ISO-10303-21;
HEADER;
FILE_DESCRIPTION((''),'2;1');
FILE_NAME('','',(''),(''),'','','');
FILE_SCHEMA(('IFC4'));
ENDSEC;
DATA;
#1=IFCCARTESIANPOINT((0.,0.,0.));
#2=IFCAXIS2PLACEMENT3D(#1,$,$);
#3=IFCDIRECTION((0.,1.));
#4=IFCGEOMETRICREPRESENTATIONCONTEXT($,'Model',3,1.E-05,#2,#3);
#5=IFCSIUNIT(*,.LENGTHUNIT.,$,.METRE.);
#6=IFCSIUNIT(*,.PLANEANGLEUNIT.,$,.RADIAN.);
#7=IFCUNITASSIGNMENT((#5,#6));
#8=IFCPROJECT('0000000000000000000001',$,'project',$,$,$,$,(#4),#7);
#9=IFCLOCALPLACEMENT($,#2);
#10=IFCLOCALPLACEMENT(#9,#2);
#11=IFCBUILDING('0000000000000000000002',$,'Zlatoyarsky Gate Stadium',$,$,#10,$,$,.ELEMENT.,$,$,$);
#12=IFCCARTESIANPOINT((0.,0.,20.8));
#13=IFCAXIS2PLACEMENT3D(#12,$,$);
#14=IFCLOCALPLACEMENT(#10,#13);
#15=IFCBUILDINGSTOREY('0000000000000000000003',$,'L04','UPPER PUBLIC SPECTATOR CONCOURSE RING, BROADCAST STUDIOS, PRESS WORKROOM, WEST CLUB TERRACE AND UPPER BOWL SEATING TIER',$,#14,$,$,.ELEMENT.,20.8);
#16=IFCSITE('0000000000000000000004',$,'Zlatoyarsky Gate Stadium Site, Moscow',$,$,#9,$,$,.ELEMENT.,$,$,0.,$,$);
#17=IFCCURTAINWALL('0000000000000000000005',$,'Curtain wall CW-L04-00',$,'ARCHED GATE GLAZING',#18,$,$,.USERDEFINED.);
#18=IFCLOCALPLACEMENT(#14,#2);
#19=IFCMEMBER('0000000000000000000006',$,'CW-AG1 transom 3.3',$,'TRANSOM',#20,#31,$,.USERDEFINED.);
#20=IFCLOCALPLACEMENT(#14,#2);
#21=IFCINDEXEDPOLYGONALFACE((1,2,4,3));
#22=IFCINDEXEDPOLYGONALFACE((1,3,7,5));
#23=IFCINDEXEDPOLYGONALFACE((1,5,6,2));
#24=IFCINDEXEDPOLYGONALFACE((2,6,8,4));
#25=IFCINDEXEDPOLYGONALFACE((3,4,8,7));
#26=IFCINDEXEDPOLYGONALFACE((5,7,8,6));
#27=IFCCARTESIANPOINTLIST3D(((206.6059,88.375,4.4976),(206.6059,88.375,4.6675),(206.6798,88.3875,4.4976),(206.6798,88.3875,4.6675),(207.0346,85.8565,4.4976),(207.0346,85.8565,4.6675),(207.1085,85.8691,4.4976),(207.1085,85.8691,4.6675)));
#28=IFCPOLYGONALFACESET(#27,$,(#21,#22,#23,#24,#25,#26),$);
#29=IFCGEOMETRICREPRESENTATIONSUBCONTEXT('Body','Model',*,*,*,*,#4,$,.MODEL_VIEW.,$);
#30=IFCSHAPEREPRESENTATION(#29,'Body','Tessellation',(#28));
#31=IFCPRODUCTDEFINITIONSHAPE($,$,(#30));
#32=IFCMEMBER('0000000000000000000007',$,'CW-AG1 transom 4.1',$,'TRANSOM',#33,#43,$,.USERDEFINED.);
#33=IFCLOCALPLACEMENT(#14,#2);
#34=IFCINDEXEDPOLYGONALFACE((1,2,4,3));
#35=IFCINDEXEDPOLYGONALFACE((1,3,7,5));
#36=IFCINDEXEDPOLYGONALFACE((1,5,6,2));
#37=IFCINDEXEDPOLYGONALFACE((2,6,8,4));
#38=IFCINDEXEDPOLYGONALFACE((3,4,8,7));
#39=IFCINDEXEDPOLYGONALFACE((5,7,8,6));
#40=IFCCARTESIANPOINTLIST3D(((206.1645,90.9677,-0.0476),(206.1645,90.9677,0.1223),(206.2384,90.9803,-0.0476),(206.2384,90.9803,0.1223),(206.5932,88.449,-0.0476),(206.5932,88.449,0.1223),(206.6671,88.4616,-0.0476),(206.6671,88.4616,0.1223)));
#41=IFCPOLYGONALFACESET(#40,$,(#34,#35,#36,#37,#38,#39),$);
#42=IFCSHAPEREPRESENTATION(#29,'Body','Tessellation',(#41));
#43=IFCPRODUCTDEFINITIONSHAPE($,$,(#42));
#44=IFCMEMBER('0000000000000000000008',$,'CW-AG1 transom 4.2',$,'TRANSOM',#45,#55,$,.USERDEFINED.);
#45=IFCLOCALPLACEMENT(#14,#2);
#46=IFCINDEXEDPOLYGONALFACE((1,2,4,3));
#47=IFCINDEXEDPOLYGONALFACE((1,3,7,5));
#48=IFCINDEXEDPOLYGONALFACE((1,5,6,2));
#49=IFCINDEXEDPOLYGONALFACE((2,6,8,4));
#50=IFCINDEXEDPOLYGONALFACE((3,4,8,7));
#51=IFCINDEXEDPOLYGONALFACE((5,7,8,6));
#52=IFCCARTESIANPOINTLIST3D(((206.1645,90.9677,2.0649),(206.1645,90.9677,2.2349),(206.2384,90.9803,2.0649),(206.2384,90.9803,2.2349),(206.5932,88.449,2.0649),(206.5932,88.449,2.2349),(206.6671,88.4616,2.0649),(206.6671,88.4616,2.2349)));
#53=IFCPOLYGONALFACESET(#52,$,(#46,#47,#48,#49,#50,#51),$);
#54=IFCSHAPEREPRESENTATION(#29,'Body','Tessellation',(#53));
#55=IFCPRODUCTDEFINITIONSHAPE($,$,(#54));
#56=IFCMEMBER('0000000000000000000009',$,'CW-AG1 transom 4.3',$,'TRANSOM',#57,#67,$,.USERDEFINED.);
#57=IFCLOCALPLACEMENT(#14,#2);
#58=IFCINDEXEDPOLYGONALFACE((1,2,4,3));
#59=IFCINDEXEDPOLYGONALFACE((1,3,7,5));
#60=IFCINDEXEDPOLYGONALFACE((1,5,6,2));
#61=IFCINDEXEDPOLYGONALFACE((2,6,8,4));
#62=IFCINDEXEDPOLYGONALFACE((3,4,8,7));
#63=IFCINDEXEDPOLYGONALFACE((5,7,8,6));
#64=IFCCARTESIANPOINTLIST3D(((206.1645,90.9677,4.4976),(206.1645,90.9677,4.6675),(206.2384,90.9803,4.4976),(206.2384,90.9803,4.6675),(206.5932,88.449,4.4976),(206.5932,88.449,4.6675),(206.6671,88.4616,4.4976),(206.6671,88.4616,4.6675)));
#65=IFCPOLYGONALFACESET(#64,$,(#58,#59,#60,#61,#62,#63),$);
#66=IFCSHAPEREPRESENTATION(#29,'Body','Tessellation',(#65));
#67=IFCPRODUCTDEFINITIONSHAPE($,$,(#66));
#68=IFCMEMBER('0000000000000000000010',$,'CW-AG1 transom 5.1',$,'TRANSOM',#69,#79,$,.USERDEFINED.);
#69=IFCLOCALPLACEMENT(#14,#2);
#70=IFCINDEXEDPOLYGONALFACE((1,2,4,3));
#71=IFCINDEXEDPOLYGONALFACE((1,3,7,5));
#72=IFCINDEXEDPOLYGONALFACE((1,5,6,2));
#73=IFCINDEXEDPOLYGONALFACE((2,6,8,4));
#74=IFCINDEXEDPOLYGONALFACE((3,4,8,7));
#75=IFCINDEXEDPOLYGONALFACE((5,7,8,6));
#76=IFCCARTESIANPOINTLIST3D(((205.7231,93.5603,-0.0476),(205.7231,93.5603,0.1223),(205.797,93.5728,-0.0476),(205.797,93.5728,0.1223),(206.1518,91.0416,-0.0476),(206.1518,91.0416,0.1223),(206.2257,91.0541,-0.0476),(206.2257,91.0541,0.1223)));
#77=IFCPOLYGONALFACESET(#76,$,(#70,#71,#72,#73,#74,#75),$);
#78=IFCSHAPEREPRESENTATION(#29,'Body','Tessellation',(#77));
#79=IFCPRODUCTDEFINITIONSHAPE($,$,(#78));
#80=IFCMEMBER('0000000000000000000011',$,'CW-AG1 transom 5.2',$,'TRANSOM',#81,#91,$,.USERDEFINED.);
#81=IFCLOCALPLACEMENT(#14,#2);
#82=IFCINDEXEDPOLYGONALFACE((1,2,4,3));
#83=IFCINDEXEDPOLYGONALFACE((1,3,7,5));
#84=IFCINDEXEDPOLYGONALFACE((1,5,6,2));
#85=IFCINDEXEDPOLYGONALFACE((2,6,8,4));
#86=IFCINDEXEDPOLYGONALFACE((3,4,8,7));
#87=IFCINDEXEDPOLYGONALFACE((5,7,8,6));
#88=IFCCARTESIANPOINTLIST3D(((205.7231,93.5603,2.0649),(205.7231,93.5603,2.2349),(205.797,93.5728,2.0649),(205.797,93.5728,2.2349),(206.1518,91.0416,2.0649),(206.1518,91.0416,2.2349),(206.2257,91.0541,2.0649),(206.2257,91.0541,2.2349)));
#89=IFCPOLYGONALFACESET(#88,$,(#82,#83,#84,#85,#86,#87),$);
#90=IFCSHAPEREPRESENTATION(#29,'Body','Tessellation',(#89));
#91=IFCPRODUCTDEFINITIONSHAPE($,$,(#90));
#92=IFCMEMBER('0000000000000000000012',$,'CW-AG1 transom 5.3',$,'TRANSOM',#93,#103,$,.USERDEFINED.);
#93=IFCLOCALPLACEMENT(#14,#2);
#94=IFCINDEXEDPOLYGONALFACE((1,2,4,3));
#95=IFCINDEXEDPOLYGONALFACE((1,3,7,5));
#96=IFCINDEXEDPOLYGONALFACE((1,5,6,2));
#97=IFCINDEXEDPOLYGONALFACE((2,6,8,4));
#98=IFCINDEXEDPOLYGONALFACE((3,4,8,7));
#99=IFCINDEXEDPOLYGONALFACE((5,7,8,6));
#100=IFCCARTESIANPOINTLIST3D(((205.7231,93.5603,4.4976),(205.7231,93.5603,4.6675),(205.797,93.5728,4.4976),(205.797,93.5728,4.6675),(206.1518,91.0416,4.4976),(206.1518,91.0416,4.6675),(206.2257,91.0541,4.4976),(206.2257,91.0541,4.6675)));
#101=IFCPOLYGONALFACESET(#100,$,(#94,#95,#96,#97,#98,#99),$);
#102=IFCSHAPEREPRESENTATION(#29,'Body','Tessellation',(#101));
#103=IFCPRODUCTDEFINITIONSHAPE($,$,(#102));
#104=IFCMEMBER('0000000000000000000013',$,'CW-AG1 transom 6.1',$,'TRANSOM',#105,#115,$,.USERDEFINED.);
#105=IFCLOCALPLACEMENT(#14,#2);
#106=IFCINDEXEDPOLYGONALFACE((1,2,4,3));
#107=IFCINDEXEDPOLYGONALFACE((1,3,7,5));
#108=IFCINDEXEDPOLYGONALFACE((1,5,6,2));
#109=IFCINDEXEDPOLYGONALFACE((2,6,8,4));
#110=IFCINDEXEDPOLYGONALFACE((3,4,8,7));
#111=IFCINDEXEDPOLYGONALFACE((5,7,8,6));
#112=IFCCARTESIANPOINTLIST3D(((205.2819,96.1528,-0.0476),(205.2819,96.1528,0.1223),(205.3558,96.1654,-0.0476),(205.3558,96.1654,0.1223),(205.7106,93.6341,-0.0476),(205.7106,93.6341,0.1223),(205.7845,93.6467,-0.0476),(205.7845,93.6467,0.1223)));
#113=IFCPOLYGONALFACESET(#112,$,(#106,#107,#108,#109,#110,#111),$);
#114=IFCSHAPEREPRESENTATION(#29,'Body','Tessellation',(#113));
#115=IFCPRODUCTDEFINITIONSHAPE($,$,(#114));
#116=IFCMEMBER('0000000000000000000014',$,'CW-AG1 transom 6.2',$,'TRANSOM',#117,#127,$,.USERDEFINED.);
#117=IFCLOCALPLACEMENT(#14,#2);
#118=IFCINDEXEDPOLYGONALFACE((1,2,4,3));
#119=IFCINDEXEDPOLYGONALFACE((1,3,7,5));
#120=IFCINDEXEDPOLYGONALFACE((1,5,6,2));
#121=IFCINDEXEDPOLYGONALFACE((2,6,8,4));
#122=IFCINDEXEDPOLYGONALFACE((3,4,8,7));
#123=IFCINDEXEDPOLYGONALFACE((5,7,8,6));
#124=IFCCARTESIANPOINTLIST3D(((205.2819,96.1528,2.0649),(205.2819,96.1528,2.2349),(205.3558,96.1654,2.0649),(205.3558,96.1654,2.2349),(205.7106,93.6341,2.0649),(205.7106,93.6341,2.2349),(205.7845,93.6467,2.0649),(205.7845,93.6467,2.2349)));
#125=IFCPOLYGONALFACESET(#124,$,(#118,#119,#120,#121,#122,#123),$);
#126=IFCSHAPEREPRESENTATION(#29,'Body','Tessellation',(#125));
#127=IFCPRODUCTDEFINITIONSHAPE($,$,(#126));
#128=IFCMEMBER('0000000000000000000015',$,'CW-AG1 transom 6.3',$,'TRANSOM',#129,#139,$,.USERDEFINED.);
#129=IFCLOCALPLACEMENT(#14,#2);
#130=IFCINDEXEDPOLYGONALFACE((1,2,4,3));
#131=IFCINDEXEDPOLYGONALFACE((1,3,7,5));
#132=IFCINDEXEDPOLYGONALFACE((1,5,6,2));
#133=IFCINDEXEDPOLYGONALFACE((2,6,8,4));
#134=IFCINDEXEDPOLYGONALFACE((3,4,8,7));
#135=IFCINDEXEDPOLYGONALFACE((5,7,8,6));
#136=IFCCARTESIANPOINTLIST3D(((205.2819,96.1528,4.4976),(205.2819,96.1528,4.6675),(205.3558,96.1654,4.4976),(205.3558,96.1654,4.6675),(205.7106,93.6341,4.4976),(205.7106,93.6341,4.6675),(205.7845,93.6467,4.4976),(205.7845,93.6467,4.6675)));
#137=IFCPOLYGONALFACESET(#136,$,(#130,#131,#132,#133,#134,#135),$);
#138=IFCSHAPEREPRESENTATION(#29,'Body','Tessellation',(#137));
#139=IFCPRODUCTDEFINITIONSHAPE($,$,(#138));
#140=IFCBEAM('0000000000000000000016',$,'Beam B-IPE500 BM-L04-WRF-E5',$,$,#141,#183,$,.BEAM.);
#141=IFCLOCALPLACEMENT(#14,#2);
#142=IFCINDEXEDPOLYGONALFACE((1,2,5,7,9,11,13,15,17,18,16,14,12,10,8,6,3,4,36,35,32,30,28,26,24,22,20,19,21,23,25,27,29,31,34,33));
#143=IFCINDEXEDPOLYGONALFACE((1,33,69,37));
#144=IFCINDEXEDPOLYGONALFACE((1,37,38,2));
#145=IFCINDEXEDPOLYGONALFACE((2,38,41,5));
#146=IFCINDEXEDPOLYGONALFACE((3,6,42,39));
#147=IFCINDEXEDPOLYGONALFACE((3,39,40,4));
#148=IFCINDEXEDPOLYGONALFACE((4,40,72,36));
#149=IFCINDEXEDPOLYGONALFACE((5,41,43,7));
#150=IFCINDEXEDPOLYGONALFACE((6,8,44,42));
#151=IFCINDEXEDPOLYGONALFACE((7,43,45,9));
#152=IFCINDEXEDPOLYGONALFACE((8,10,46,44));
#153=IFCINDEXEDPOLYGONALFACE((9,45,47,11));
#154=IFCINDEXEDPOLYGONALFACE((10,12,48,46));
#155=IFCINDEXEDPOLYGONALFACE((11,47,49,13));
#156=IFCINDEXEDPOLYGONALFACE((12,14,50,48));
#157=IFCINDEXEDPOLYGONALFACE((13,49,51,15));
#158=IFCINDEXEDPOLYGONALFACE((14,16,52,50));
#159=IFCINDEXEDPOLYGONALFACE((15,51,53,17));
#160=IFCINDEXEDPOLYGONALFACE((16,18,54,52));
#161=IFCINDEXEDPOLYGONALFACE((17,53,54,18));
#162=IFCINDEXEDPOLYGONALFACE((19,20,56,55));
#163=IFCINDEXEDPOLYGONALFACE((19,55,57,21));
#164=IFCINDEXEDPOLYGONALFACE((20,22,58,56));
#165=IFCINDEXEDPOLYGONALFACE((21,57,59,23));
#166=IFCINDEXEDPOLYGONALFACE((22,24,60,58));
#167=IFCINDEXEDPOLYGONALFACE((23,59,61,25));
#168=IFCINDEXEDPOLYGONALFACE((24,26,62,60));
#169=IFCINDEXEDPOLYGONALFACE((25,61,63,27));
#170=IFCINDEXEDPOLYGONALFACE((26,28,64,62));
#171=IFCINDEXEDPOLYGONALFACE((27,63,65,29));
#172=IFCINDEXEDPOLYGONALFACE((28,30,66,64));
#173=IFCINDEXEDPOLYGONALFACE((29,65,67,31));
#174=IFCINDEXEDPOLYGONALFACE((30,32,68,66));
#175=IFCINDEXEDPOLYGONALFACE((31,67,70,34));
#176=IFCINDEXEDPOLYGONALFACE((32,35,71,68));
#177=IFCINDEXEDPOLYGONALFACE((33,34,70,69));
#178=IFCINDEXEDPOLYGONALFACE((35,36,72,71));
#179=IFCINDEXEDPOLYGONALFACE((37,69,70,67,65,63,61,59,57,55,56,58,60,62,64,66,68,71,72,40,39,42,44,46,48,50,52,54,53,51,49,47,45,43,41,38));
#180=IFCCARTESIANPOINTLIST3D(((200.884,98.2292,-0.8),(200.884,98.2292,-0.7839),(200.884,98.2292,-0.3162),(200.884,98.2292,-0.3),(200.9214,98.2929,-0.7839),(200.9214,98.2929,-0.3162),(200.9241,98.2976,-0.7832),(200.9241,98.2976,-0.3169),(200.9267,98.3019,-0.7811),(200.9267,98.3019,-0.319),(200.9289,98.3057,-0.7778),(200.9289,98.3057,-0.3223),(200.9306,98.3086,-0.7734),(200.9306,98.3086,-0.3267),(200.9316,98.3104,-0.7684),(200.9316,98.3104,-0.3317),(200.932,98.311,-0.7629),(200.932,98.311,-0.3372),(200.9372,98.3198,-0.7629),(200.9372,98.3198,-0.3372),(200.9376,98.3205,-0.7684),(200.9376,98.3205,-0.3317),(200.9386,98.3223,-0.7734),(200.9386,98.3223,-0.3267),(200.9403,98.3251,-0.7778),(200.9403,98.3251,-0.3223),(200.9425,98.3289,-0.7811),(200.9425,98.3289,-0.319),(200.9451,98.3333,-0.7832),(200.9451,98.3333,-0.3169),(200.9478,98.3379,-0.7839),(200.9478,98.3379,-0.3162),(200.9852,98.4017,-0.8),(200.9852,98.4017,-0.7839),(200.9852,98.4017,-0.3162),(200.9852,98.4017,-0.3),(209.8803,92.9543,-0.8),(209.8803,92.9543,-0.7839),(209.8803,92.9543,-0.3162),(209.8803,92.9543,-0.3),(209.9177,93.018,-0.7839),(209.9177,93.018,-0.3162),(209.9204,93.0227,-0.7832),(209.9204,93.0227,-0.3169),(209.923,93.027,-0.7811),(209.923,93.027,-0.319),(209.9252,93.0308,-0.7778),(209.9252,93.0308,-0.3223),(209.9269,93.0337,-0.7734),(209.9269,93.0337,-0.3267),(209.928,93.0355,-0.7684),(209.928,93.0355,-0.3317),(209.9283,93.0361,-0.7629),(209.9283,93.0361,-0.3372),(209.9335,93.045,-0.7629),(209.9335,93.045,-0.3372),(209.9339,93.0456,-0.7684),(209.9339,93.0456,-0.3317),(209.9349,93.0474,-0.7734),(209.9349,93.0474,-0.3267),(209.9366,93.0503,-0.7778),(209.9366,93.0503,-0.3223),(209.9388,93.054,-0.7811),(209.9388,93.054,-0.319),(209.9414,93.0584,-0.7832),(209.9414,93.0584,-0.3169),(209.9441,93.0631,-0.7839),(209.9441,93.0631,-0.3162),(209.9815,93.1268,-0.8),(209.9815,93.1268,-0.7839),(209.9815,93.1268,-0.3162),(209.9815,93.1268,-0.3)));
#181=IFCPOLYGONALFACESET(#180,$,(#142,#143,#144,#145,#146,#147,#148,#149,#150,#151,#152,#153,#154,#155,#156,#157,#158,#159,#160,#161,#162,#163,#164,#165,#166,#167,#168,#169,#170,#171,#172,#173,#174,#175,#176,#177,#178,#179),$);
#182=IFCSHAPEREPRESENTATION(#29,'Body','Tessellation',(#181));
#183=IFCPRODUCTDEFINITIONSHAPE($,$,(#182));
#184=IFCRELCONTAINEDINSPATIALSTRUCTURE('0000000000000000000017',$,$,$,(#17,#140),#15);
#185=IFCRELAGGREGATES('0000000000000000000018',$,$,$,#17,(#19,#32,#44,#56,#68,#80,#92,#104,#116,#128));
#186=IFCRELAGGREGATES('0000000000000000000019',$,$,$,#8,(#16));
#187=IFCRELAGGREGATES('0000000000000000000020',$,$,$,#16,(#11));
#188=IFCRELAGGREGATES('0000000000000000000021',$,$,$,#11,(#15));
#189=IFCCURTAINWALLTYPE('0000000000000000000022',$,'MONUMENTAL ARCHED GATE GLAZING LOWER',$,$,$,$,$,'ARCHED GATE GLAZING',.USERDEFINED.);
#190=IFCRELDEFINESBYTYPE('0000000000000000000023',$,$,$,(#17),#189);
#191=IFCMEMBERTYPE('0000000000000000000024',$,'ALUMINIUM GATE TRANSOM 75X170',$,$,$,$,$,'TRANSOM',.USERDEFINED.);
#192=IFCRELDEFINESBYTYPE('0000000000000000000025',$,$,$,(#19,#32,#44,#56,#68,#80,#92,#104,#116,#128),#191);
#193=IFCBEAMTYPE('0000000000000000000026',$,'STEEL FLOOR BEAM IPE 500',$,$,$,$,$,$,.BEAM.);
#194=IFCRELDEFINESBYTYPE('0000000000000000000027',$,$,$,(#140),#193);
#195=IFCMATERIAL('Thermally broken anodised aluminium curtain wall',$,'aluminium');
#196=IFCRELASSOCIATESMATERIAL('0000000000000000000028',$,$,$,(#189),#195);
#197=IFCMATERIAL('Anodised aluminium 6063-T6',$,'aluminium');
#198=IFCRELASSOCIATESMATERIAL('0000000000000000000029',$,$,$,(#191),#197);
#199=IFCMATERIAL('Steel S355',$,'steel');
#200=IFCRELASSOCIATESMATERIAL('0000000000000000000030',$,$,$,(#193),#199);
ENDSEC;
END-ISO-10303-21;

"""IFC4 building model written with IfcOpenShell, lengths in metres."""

from ifc_helpers import new_model, si_unit, direction, frame, origin, origin_2d, place, context, subcontext, project, spatial, rectangle, i_section, extrude, material, material_profile, profile_set, type_object, element, aggregate, save


model = new_model("IFC4")

# Units and contexts
model_context = context("Model", 3, precision=1e-05, world=origin(), true_north=direction((0.0, 1.0)))
body_context = subcontext(model_context, "Body", "Model", "MODEL_VIEW")
ifc_project = project(units=[si_unit("LENGTHUNIT", "METRE"), si_unit("PLANEANGLEUNIT", "RADIAN")], contexts=[model_context])

# Site, building, storey
site_placement = place(None, origin())
site = spatial("IfcSite", under=ifc_project, at=site_placement, Name="Zlatoyarsky Gate Stadium Site, Moscow", CompositionType="ELEMENT", RefElevation=0.0)
building_placement = place(site_placement, origin())
building = spatial("IfcBuilding", under=site, at=building_placement, Name="Zlatoyarsky Gate Stadium", CompositionType="ELEMENT")
storey_placement = place(building_placement, frame((0.0, 0.0, 20.8)))
storey = spatial("IfcBuildingStorey", under=building, at=storey_placement, Name="L04", Description="UPPER PUBLIC SPECTATOR CONCOURSE RING, BROADCAST STUDIOS, PRESS WORKROOM, WEST CLUB TERRACE AND UPPER BOWL SEATING TIER", CompositionType="ELEMENT", Elevation=20.8)

# Curtain wall, members
ifc_material_1 = material(Name="Thermally broken anodised aluminium curtain wall", Category="aluminium")
curtain_wall_type = type_object("IfcCurtainWallType", Name="MONUMENTAL ARCHED GATE GLAZING LOWER", ElementType="ARCHED GATE GLAZING", PredefinedType="USERDEFINED", material=ifc_material_1)
curtain_wall_placement = place(storey_placement, origin())
curtain_wall = element("IfcCurtainWall", 1, at=curtain_wall_placement, inside=storey, type_object=curtain_wall_type, Name="Curtain wall CW-L04-00", ObjectType="ARCHED GATE GLAZING", PredefinedType="USERDEFINED")
ifc_material_2 = material(Name="Anodised aluminium 6063-T6", Category="aluminium")
ifc_material_profile_1 = material_profile(ifc_material_2, rectangle(XDim=0.075, YDim=0.1699, at=origin_2d()), Name="ALU 75X170")
ifc_profile_set_1 = profile_set([ifc_material_profile_1], Name="Anodised aluminium 6063-T6")
member_type_1 = type_object("IfcMemberType", Name="ALUMINIUM GATE TRANSOM 75X170", ElementType="TRANSOM", PredefinedType="USERDEFINED", material=ifc_profile_set_1)
member_1_placement = place(storey_placement, frame((207.0715, 85.8628, 4.5825), z_axis=(-0.167807, 0.98582, 0.0), x_axis=(-0.98582, -0.167807, 0.0)))
member_1 = element("IfcMember", 2, at=member_1_placement, type_object=member_type_1, Name="CW-AG1 transom 3.3", ObjectType="TRANSOM", PredefinedType="USERDEFINED", context=body_context, shape_type="SweptSolid", body=[
    extrude(rectangle(XDim=0.075, YDim=0.1699, at=origin_2d()), origin(), (0.0, 0.0, 1.0), 2.5547),
])
member_2_placement = place(storey_placement, frame((206.6301, 88.4553, 0.0374), z_axis=(-0.167791, 0.985823, 0.0), x_axis=(-0.985823, -0.167791, 0.0)))
member_2 = element("IfcMember", 3, at=member_2_placement, type_object=member_type_1, Name="CW-AG1 transom 4.1", ObjectType="TRANSOM", PredefinedType="USERDEFINED", context=body_context, shape_type="SweptSolid", body=[
    extrude(rectangle(XDim=0.075, YDim=0.1699, at=origin_2d()), origin(), (0.0, 0.0, 1.0), 2.5549),
])
member_3_placement = place(storey_placement, frame((206.6301, 88.4553, 2.1499), z_axis=(-0.167791, 0.985823, 0.0), x_axis=(-0.985823, -0.167791, 0.0)))
member_3 = element("IfcMember", 4, at=member_3_placement, type_object=member_type_1, Name="CW-AG1 transom 4.2", ObjectType="TRANSOM", PredefinedType="USERDEFINED", context=body_context, shape_type="SweptSolid", body=[
    extrude(rectangle(XDim=0.075, YDim=0.1699, at=origin_2d()), origin(), (0.0, 0.0, 1.0), 2.5549),
])
member_4_placement = place(storey_placement, frame((206.6301, 88.4553, 4.5825), z_axis=(-0.167791, 0.985823, 0.0), x_axis=(-0.985823, -0.167791, 0.0)))
member_4 = element("IfcMember", 5, at=member_4_placement, type_object=member_type_1, Name="CW-AG1 transom 4.3", ObjectType="TRANSOM", PredefinedType="USERDEFINED", context=body_context, shape_type="SweptSolid", body=[
    extrude(rectangle(XDim=0.075, YDim=0.1699, at=origin_2d()), origin(), (0.0, 0.0, 1.0), 2.5549),
])
member_5_placement = place(storey_placement, frame((206.1887, 91.0479, 0.0374), z_axis=(-0.167791, 0.985823, 0.0), x_axis=(-0.985823, -0.167791, 0.0)))
member_5 = element("IfcMember", 6, at=member_5_placement, type_object=member_type_1, Name="CW-AG1 transom 5.1", ObjectType="TRANSOM", PredefinedType="USERDEFINED", context=body_context, shape_type="SweptSolid", body=[
    extrude(rectangle(XDim=0.075, YDim=0.1699, at=origin_2d()), origin(), (0.0, 0.0, 1.0), 2.5549),
])
member_6_placement = place(storey_placement, frame((206.1887, 91.0479, 2.1499), z_axis=(-0.167791, 0.985823, 0.0), x_axis=(-0.985823, -0.167791, 0.0)))
member_6 = element("IfcMember", 7, at=member_6_placement, type_object=member_type_1, Name="CW-AG1 transom 5.2", ObjectType="TRANSOM", PredefinedType="USERDEFINED", context=body_context, shape_type="SweptSolid", body=[
    extrude(rectangle(XDim=0.075, YDim=0.1699, at=origin_2d()), origin(), (0.0, 0.0, 1.0), 2.5549),
])
member_7_placement = place(storey_placement, frame((206.1887, 91.0479, 4.5825), z_axis=(-0.167791, 0.985823, 0.0), x_axis=(-0.985823, -0.167791, 0.0)))
member_7 = element("IfcMember", 8, at=member_7_placement, type_object=member_type_1, Name="CW-AG1 transom 5.3", ObjectType="TRANSOM", PredefinedType="USERDEFINED", context=body_context, shape_type="SweptSolid", body=[
    extrude(rectangle(XDim=0.075, YDim=0.1699, at=origin_2d()), origin(), (0.0, 0.0, 1.0), 2.5549),
])
member_8_placement = place(storey_placement, frame((205.7476, 93.6404, 0.0374), z_axis=(-0.167791, 0.985823, 0.0), x_axis=(-0.985823, -0.167791, 0.0)))
member_8 = element("IfcMember", 9, at=member_8_placement, type_object=member_type_1, Name="CW-AG1 transom 6.1", ObjectType="TRANSOM", PredefinedType="USERDEFINED", context=body_context, shape_type="SweptSolid", body=[
    extrude(rectangle(XDim=0.075, YDim=0.1699, at=origin_2d()), origin(), (0.0, 0.0, 1.0), 2.5549),
])
member_9_placement = place(storey_placement, frame((205.7476, 93.6404, 2.1499), z_axis=(-0.167791, 0.985823, 0.0), x_axis=(-0.985823, -0.167791, 0.0)))
member_9 = element("IfcMember", 10, at=member_9_placement, type_object=member_type_1, Name="CW-AG1 transom 6.2", ObjectType="TRANSOM", PredefinedType="USERDEFINED", context=body_context, shape_type="SweptSolid", body=[
    extrude(rectangle(XDim=0.075, YDim=0.1699, at=origin_2d()), origin(), (0.0, 0.0, 1.0), 2.5549),
])
member_10_placement = place(storey_placement, frame((205.7476, 93.6404, 4.5825), z_axis=(-0.167791, 0.985823, 0.0), x_axis=(-0.985823, -0.167791, 0.0)))
member_10 = element("IfcMember", 11, at=member_10_placement, type_object=member_type_1, Name="CW-AG1 transom 6.3", ObjectType="TRANSOM", PredefinedType="USERDEFINED", context=body_context, shape_type="SweptSolid", body=[
    extrude(rectangle(XDim=0.075, YDim=0.1699, at=origin_2d()), origin(), (0.0, 0.0, 1.0), 2.5549),
])

# Beam
ifc_material_3 = material(Name="Steel S355", Category="steel")
ifc_material_profile_2 = material_profile(ifc_material_3, i_section(OverallWidth=0.2, OverallDepth=0.5, WebThickness=0.0103, FlangeThickness=0.0161, FilletRadius=0.021, at=origin_2d()), Name="IPE 500")
ifc_profile_set_2 = profile_set([ifc_material_profile_2], Name="Steel S355")
beam_type_1 = type_object("IfcBeamType", Name="STEEL FLOOR BEAM IPE 500", PredefinedType="BEAM", material=ifc_profile_set_2)
beam_1_placement = place(storey_placement, frame((209.9309, 93.0405, -0.55), z_axis=(-0.862648, 0.505804, 0.0), x_axis=(-0.505804, -0.862648, 0.0)))
element("IfcBeam", 12, at=beam_1_placement, inside=storey, type_object=beam_type_1, Name="Beam B-IPE500 BM-L04-WRF-E5", PredefinedType="BEAM", context=body_context, shape_type="SweptSolid", body=[
    extrude(i_section(OverallWidth=0.2, OverallDepth=0.5, WebThickness=0.0103, FlangeThickness=0.0161, FilletRadius=0.021, at=origin_2d()), origin(), (0.0, 0.0, 1.0), 10.4287),
])

aggregate(curtain_wall, [member_1, member_2, member_3, member_4, member_5, member_6, member_7, member_8, member_9, member_10])

save(model, "model.ifc")
